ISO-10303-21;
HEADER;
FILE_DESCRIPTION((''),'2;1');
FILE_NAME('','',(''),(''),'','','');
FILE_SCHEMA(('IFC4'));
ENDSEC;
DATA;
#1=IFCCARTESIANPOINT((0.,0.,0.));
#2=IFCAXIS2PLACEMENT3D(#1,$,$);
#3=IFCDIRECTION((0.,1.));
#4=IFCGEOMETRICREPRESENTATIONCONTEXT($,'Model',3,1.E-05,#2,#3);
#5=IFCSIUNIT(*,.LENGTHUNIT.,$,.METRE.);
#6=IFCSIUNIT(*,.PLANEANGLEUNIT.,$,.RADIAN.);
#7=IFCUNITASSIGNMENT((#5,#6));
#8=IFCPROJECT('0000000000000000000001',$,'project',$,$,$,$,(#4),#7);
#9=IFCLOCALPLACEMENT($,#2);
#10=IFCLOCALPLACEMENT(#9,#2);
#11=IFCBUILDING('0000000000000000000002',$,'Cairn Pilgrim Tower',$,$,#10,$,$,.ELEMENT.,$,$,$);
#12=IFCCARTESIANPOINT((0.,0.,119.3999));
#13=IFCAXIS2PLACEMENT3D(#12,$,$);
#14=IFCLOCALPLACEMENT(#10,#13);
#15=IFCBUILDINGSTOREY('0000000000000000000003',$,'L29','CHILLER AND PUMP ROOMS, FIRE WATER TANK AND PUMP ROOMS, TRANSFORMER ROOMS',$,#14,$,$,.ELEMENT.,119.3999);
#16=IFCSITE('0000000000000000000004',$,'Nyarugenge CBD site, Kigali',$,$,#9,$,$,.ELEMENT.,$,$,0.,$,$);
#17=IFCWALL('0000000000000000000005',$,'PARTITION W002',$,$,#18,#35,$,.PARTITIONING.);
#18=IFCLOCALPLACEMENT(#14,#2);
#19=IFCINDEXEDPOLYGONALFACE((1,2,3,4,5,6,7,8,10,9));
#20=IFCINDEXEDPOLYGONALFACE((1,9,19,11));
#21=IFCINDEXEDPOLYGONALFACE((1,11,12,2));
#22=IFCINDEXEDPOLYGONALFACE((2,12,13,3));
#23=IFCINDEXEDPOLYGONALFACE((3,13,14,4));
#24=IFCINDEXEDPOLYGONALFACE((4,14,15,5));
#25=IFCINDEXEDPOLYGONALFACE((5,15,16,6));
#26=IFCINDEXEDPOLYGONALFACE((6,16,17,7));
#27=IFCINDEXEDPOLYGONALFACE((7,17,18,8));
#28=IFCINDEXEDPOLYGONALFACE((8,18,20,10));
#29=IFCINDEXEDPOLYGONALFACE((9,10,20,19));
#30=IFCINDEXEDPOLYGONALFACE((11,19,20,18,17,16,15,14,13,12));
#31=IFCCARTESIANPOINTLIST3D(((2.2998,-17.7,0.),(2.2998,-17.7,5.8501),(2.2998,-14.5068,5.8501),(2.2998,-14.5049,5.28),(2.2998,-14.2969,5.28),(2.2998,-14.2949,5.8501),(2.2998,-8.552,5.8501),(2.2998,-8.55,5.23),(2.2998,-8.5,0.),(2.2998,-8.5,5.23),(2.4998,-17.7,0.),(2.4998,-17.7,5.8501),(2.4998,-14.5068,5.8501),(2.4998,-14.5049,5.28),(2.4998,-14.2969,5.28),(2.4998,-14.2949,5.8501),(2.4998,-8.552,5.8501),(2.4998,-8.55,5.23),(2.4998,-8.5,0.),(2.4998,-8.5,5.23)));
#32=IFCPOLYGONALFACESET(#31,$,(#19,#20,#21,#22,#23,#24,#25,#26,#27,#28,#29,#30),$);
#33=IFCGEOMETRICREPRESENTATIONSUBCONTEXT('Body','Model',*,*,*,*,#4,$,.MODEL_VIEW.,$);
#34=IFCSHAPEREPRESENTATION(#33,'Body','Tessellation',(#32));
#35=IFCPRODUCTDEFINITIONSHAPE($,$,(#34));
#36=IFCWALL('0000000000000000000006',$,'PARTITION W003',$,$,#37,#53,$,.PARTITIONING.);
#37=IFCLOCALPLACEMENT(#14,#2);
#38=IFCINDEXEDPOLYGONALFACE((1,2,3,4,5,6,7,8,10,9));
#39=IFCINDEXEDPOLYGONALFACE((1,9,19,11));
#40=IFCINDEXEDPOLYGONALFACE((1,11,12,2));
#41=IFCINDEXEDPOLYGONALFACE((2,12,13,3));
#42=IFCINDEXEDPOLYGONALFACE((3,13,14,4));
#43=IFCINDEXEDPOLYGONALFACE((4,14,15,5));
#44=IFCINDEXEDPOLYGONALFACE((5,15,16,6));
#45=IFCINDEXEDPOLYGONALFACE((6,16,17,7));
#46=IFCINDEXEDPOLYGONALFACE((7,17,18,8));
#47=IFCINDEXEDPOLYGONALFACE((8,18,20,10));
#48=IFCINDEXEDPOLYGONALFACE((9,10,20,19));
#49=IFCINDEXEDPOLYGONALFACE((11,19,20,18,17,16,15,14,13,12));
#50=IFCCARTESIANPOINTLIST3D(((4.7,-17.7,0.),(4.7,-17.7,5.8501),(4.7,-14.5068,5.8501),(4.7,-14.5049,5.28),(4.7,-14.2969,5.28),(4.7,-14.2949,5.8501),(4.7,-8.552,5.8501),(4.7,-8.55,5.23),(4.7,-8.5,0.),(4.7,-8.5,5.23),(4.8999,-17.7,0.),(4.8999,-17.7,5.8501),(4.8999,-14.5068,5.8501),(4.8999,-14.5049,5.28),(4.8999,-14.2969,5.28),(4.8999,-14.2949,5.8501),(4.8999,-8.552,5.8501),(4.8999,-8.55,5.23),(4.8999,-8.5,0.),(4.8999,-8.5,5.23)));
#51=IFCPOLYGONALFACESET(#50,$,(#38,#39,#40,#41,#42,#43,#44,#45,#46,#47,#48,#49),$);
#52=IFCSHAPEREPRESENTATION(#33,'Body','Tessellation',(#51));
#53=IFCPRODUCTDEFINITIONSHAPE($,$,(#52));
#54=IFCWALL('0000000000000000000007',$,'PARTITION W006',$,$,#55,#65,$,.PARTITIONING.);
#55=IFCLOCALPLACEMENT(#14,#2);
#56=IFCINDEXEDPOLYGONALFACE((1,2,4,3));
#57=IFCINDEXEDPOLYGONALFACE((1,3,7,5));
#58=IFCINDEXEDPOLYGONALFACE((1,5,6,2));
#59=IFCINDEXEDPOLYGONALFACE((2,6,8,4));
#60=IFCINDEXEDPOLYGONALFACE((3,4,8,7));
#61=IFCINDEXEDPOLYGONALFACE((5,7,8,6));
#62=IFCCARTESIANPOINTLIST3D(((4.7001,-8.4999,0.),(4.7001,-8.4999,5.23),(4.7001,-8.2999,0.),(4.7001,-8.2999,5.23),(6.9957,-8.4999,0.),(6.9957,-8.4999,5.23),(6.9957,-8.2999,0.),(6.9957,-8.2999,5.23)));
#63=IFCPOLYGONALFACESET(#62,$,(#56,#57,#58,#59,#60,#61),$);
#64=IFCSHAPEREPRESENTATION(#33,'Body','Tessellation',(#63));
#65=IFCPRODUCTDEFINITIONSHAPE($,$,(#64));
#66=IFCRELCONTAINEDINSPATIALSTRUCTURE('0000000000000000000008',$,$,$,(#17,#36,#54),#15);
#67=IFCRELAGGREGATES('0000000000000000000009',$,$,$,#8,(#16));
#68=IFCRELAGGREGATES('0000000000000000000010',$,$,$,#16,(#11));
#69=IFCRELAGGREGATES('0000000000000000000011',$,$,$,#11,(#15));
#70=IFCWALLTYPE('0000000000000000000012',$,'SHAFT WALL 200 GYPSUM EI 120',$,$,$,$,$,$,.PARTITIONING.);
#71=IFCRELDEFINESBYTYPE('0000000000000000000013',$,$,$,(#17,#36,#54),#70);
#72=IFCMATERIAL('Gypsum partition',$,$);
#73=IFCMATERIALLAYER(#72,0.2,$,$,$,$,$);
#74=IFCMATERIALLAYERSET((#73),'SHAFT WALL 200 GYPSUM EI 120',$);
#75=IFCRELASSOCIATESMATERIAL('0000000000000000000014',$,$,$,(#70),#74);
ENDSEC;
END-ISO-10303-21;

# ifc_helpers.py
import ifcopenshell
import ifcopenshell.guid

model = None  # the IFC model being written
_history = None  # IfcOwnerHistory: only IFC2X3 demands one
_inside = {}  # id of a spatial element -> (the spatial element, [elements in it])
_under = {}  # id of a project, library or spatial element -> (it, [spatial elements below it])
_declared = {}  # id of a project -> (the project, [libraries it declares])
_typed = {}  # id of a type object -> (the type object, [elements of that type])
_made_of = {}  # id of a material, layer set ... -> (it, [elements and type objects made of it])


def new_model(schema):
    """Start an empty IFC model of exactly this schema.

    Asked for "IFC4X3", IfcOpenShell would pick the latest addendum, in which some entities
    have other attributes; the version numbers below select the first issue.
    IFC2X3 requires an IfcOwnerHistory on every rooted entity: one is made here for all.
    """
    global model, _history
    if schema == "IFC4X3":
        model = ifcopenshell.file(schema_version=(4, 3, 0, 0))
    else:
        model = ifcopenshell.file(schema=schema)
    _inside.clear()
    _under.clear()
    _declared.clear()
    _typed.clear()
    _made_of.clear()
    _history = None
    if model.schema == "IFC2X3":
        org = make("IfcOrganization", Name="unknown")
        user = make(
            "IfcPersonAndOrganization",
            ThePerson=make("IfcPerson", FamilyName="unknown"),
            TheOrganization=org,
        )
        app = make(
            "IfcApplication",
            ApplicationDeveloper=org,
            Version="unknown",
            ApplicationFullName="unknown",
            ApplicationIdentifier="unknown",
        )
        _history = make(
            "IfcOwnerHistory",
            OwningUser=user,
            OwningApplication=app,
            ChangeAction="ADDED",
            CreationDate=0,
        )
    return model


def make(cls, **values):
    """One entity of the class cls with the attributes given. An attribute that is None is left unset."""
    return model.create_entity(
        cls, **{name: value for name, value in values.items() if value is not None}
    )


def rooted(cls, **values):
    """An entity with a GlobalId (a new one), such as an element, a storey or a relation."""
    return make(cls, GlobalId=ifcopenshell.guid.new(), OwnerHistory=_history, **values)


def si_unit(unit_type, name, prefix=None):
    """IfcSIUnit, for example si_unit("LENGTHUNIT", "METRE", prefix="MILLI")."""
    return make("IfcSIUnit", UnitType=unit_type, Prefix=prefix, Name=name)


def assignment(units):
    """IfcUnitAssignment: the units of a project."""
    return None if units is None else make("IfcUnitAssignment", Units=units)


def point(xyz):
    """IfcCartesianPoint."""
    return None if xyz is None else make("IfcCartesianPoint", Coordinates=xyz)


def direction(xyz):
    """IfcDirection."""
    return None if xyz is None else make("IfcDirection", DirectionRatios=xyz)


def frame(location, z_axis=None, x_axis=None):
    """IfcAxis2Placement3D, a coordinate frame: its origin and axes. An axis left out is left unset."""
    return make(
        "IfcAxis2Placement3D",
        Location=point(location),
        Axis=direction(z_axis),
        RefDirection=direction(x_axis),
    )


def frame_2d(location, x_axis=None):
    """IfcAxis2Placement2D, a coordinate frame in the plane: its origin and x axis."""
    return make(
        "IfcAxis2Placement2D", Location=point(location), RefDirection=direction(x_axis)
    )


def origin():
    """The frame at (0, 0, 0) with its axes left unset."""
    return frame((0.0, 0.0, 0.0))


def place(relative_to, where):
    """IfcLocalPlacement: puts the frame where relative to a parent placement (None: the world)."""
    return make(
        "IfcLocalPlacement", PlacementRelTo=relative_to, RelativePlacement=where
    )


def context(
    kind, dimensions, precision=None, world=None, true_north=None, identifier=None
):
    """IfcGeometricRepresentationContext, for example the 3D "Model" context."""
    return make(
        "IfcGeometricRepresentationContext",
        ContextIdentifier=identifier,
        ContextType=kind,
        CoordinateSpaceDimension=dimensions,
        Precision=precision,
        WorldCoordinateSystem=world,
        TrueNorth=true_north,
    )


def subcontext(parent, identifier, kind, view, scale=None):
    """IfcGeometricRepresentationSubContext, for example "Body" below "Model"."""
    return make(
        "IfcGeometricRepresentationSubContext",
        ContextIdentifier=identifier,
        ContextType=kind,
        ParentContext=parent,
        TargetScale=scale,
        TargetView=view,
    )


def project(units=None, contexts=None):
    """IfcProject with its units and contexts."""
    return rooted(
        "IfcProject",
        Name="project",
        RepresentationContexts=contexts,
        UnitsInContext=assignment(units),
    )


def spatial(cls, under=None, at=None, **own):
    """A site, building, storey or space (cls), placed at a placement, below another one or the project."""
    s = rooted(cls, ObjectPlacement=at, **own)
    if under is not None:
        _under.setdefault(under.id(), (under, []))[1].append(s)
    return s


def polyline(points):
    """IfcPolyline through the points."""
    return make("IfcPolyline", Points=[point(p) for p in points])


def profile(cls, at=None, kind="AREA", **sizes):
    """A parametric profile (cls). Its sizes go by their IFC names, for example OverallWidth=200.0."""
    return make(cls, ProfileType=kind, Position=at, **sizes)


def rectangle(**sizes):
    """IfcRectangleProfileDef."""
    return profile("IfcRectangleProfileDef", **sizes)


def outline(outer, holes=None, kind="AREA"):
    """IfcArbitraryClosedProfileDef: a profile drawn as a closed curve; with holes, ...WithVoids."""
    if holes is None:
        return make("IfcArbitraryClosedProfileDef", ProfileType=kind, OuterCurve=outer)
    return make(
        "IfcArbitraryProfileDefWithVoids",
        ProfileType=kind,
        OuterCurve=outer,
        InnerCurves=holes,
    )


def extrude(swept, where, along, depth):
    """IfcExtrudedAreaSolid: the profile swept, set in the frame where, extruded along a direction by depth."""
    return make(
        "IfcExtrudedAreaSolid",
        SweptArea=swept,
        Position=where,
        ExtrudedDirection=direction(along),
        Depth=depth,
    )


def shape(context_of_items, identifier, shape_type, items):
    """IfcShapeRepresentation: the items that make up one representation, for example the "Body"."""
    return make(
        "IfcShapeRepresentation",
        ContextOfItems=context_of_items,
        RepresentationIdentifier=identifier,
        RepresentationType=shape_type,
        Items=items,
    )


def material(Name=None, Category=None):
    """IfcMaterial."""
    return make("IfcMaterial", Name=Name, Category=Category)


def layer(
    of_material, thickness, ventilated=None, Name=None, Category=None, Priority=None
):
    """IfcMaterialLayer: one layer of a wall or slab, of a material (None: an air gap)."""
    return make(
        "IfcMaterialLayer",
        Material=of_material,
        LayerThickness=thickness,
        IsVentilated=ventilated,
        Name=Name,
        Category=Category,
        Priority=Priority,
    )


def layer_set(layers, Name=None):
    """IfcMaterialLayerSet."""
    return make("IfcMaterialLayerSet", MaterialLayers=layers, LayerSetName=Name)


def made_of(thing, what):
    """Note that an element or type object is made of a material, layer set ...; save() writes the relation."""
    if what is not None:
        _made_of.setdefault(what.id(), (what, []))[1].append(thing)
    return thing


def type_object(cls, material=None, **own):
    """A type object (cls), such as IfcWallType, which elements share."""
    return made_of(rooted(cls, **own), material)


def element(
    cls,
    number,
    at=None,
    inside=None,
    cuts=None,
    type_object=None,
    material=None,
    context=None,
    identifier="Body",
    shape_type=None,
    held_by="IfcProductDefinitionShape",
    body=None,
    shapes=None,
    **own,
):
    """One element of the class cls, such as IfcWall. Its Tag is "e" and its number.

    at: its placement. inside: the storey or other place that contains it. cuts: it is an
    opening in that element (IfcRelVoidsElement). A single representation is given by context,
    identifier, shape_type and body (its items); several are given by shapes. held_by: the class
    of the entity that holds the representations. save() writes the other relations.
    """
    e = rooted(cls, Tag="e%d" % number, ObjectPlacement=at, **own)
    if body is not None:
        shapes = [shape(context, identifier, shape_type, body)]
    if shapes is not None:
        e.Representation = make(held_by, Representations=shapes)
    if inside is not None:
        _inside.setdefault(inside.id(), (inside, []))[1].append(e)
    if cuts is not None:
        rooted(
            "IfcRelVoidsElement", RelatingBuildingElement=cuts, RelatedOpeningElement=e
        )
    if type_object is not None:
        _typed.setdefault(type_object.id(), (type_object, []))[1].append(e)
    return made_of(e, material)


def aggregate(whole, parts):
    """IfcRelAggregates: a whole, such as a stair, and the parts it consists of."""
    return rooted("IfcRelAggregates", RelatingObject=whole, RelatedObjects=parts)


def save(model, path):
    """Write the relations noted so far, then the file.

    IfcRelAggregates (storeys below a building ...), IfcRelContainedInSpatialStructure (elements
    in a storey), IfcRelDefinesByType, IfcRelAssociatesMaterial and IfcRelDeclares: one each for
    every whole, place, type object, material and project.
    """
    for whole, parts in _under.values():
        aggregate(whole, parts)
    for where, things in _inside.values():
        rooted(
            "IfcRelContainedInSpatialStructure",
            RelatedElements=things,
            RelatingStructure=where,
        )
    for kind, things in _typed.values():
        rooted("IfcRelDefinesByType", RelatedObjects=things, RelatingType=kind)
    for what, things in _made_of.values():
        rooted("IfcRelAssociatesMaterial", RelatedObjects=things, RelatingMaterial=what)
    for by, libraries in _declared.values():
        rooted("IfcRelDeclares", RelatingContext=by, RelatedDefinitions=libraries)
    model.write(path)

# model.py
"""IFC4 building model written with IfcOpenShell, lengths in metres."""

from ifc_helpers import new_model, si_unit, direction, frame, frame_2d, origin, place, context, subcontext, project, spatial, polyline, rectangle, outline, extrude, material, layer, layer_set, type_object, element, save


model = new_model("IFC4")

# Units and contexts
model_context = context("Model", 3, precision=1e-05, world=origin(), true_north=direction((0.0, 1.0)))
body_context = subcontext(model_context, "Body", "Model", "MODEL_VIEW")
ifc_project = project(units=[si_unit("LENGTHUNIT", "METRE"), si_unit("PLANEANGLEUNIT", "RADIAN")], contexts=[model_context])

# Site, building, storey
site_placement = place(None, origin())
site = spatial("IfcSite", under=ifc_project, at=site_placement, Name="Nyarugenge CBD site, Kigali", CompositionType="ELEMENT", RefElevation=0.0)
building_placement = place(site_placement, origin())
building = spatial("IfcBuilding", under=site, at=building_placement, Name="Cairn Pilgrim Tower", CompositionType="ELEMENT")
storey_placement = place(building_placement, frame((0.0, 0.0, 119.3999)))
storey = spatial("IfcBuildingStorey", under=building, at=storey_placement, Name="L29", Description="CHILLER AND PUMP ROOMS, FIRE WATER TANK AND PUMP ROOMS, TRANSFORMER ROOMS", CompositionType="ELEMENT", Elevation=119.3999)

# Walls
ifc_material_1 = material(Name="Gypsum partition")
ifc_layer_1 = layer(ifc_material_1, 0.2)
ifc_layer_set_1 = layer_set([ifc_layer_1], Name="SHAFT WALL 200 GYPSUM EI 120")
wall_type_1 = type_object("IfcWallType", Name="SHAFT WALL 200 GYPSUM EI 120", PredefinedType="PARTITIONING", material=ifc_layer_set_1)
for number, where, z_axis, x_axis, name in (
    (1, (2.3999, -17.7, 0.0), (0.0, 0.0, 1.0), (0.0, 1.0, 0.0), "PARTITION W002"),
    (2, (4.8, -17.7, 0.0), (0.0, 0.0, 1.0), (0.0, 1.0, 0.0), "PARTITION W003"),
):
    element("IfcWall", number, at=place(storey_placement, frame(where, z_axis=z_axis, x_axis=x_axis)), inside=storey, type_object=wall_type_1, Name=name, PredefinedType="PARTITIONING", context=body_context, shape_type="SweptSolid", body=[
        extrude(outline(polyline([(0.0, 0.0), (9.2, 0.0), (9.2, 5.23), (9.1499, 5.23), (9.1479, 5.8501), (3.405, 5.8501), (3.4031, 5.28), (3.1951, 5.28), (3.1931, 5.8501), (0.0, 5.8501), (0.0, 0.0)])), frame((0.0, 0.1001, 0.0), z_axis=(0.0, -1.0, 0.0), x_axis=(1.0, 0.0, 0.0)), (0.0, 0.0, 1.0), 0.2),
    ])
wall_1_placement = place(storey_placement, frame((4.7, -8.3999, 0.0), z_axis=(0.0, 0.0, 1.0), x_axis=(1.0, 0.0, 0.0)))
element("IfcWall", 3, at=wall_1_placement, inside=storey, type_object=wall_type_1, Name="PARTITION W006", PredefinedType="PARTITIONING", context=body_context, shape_type="SweptSolid", body=[
    extrude(rectangle(XDim=2.2957, YDim=0.2, at=frame_2d((1.1479, 0.0))), origin(), (0.0, 0.0, 1.0), 5.23),
])

save(model, "model.ifc")
